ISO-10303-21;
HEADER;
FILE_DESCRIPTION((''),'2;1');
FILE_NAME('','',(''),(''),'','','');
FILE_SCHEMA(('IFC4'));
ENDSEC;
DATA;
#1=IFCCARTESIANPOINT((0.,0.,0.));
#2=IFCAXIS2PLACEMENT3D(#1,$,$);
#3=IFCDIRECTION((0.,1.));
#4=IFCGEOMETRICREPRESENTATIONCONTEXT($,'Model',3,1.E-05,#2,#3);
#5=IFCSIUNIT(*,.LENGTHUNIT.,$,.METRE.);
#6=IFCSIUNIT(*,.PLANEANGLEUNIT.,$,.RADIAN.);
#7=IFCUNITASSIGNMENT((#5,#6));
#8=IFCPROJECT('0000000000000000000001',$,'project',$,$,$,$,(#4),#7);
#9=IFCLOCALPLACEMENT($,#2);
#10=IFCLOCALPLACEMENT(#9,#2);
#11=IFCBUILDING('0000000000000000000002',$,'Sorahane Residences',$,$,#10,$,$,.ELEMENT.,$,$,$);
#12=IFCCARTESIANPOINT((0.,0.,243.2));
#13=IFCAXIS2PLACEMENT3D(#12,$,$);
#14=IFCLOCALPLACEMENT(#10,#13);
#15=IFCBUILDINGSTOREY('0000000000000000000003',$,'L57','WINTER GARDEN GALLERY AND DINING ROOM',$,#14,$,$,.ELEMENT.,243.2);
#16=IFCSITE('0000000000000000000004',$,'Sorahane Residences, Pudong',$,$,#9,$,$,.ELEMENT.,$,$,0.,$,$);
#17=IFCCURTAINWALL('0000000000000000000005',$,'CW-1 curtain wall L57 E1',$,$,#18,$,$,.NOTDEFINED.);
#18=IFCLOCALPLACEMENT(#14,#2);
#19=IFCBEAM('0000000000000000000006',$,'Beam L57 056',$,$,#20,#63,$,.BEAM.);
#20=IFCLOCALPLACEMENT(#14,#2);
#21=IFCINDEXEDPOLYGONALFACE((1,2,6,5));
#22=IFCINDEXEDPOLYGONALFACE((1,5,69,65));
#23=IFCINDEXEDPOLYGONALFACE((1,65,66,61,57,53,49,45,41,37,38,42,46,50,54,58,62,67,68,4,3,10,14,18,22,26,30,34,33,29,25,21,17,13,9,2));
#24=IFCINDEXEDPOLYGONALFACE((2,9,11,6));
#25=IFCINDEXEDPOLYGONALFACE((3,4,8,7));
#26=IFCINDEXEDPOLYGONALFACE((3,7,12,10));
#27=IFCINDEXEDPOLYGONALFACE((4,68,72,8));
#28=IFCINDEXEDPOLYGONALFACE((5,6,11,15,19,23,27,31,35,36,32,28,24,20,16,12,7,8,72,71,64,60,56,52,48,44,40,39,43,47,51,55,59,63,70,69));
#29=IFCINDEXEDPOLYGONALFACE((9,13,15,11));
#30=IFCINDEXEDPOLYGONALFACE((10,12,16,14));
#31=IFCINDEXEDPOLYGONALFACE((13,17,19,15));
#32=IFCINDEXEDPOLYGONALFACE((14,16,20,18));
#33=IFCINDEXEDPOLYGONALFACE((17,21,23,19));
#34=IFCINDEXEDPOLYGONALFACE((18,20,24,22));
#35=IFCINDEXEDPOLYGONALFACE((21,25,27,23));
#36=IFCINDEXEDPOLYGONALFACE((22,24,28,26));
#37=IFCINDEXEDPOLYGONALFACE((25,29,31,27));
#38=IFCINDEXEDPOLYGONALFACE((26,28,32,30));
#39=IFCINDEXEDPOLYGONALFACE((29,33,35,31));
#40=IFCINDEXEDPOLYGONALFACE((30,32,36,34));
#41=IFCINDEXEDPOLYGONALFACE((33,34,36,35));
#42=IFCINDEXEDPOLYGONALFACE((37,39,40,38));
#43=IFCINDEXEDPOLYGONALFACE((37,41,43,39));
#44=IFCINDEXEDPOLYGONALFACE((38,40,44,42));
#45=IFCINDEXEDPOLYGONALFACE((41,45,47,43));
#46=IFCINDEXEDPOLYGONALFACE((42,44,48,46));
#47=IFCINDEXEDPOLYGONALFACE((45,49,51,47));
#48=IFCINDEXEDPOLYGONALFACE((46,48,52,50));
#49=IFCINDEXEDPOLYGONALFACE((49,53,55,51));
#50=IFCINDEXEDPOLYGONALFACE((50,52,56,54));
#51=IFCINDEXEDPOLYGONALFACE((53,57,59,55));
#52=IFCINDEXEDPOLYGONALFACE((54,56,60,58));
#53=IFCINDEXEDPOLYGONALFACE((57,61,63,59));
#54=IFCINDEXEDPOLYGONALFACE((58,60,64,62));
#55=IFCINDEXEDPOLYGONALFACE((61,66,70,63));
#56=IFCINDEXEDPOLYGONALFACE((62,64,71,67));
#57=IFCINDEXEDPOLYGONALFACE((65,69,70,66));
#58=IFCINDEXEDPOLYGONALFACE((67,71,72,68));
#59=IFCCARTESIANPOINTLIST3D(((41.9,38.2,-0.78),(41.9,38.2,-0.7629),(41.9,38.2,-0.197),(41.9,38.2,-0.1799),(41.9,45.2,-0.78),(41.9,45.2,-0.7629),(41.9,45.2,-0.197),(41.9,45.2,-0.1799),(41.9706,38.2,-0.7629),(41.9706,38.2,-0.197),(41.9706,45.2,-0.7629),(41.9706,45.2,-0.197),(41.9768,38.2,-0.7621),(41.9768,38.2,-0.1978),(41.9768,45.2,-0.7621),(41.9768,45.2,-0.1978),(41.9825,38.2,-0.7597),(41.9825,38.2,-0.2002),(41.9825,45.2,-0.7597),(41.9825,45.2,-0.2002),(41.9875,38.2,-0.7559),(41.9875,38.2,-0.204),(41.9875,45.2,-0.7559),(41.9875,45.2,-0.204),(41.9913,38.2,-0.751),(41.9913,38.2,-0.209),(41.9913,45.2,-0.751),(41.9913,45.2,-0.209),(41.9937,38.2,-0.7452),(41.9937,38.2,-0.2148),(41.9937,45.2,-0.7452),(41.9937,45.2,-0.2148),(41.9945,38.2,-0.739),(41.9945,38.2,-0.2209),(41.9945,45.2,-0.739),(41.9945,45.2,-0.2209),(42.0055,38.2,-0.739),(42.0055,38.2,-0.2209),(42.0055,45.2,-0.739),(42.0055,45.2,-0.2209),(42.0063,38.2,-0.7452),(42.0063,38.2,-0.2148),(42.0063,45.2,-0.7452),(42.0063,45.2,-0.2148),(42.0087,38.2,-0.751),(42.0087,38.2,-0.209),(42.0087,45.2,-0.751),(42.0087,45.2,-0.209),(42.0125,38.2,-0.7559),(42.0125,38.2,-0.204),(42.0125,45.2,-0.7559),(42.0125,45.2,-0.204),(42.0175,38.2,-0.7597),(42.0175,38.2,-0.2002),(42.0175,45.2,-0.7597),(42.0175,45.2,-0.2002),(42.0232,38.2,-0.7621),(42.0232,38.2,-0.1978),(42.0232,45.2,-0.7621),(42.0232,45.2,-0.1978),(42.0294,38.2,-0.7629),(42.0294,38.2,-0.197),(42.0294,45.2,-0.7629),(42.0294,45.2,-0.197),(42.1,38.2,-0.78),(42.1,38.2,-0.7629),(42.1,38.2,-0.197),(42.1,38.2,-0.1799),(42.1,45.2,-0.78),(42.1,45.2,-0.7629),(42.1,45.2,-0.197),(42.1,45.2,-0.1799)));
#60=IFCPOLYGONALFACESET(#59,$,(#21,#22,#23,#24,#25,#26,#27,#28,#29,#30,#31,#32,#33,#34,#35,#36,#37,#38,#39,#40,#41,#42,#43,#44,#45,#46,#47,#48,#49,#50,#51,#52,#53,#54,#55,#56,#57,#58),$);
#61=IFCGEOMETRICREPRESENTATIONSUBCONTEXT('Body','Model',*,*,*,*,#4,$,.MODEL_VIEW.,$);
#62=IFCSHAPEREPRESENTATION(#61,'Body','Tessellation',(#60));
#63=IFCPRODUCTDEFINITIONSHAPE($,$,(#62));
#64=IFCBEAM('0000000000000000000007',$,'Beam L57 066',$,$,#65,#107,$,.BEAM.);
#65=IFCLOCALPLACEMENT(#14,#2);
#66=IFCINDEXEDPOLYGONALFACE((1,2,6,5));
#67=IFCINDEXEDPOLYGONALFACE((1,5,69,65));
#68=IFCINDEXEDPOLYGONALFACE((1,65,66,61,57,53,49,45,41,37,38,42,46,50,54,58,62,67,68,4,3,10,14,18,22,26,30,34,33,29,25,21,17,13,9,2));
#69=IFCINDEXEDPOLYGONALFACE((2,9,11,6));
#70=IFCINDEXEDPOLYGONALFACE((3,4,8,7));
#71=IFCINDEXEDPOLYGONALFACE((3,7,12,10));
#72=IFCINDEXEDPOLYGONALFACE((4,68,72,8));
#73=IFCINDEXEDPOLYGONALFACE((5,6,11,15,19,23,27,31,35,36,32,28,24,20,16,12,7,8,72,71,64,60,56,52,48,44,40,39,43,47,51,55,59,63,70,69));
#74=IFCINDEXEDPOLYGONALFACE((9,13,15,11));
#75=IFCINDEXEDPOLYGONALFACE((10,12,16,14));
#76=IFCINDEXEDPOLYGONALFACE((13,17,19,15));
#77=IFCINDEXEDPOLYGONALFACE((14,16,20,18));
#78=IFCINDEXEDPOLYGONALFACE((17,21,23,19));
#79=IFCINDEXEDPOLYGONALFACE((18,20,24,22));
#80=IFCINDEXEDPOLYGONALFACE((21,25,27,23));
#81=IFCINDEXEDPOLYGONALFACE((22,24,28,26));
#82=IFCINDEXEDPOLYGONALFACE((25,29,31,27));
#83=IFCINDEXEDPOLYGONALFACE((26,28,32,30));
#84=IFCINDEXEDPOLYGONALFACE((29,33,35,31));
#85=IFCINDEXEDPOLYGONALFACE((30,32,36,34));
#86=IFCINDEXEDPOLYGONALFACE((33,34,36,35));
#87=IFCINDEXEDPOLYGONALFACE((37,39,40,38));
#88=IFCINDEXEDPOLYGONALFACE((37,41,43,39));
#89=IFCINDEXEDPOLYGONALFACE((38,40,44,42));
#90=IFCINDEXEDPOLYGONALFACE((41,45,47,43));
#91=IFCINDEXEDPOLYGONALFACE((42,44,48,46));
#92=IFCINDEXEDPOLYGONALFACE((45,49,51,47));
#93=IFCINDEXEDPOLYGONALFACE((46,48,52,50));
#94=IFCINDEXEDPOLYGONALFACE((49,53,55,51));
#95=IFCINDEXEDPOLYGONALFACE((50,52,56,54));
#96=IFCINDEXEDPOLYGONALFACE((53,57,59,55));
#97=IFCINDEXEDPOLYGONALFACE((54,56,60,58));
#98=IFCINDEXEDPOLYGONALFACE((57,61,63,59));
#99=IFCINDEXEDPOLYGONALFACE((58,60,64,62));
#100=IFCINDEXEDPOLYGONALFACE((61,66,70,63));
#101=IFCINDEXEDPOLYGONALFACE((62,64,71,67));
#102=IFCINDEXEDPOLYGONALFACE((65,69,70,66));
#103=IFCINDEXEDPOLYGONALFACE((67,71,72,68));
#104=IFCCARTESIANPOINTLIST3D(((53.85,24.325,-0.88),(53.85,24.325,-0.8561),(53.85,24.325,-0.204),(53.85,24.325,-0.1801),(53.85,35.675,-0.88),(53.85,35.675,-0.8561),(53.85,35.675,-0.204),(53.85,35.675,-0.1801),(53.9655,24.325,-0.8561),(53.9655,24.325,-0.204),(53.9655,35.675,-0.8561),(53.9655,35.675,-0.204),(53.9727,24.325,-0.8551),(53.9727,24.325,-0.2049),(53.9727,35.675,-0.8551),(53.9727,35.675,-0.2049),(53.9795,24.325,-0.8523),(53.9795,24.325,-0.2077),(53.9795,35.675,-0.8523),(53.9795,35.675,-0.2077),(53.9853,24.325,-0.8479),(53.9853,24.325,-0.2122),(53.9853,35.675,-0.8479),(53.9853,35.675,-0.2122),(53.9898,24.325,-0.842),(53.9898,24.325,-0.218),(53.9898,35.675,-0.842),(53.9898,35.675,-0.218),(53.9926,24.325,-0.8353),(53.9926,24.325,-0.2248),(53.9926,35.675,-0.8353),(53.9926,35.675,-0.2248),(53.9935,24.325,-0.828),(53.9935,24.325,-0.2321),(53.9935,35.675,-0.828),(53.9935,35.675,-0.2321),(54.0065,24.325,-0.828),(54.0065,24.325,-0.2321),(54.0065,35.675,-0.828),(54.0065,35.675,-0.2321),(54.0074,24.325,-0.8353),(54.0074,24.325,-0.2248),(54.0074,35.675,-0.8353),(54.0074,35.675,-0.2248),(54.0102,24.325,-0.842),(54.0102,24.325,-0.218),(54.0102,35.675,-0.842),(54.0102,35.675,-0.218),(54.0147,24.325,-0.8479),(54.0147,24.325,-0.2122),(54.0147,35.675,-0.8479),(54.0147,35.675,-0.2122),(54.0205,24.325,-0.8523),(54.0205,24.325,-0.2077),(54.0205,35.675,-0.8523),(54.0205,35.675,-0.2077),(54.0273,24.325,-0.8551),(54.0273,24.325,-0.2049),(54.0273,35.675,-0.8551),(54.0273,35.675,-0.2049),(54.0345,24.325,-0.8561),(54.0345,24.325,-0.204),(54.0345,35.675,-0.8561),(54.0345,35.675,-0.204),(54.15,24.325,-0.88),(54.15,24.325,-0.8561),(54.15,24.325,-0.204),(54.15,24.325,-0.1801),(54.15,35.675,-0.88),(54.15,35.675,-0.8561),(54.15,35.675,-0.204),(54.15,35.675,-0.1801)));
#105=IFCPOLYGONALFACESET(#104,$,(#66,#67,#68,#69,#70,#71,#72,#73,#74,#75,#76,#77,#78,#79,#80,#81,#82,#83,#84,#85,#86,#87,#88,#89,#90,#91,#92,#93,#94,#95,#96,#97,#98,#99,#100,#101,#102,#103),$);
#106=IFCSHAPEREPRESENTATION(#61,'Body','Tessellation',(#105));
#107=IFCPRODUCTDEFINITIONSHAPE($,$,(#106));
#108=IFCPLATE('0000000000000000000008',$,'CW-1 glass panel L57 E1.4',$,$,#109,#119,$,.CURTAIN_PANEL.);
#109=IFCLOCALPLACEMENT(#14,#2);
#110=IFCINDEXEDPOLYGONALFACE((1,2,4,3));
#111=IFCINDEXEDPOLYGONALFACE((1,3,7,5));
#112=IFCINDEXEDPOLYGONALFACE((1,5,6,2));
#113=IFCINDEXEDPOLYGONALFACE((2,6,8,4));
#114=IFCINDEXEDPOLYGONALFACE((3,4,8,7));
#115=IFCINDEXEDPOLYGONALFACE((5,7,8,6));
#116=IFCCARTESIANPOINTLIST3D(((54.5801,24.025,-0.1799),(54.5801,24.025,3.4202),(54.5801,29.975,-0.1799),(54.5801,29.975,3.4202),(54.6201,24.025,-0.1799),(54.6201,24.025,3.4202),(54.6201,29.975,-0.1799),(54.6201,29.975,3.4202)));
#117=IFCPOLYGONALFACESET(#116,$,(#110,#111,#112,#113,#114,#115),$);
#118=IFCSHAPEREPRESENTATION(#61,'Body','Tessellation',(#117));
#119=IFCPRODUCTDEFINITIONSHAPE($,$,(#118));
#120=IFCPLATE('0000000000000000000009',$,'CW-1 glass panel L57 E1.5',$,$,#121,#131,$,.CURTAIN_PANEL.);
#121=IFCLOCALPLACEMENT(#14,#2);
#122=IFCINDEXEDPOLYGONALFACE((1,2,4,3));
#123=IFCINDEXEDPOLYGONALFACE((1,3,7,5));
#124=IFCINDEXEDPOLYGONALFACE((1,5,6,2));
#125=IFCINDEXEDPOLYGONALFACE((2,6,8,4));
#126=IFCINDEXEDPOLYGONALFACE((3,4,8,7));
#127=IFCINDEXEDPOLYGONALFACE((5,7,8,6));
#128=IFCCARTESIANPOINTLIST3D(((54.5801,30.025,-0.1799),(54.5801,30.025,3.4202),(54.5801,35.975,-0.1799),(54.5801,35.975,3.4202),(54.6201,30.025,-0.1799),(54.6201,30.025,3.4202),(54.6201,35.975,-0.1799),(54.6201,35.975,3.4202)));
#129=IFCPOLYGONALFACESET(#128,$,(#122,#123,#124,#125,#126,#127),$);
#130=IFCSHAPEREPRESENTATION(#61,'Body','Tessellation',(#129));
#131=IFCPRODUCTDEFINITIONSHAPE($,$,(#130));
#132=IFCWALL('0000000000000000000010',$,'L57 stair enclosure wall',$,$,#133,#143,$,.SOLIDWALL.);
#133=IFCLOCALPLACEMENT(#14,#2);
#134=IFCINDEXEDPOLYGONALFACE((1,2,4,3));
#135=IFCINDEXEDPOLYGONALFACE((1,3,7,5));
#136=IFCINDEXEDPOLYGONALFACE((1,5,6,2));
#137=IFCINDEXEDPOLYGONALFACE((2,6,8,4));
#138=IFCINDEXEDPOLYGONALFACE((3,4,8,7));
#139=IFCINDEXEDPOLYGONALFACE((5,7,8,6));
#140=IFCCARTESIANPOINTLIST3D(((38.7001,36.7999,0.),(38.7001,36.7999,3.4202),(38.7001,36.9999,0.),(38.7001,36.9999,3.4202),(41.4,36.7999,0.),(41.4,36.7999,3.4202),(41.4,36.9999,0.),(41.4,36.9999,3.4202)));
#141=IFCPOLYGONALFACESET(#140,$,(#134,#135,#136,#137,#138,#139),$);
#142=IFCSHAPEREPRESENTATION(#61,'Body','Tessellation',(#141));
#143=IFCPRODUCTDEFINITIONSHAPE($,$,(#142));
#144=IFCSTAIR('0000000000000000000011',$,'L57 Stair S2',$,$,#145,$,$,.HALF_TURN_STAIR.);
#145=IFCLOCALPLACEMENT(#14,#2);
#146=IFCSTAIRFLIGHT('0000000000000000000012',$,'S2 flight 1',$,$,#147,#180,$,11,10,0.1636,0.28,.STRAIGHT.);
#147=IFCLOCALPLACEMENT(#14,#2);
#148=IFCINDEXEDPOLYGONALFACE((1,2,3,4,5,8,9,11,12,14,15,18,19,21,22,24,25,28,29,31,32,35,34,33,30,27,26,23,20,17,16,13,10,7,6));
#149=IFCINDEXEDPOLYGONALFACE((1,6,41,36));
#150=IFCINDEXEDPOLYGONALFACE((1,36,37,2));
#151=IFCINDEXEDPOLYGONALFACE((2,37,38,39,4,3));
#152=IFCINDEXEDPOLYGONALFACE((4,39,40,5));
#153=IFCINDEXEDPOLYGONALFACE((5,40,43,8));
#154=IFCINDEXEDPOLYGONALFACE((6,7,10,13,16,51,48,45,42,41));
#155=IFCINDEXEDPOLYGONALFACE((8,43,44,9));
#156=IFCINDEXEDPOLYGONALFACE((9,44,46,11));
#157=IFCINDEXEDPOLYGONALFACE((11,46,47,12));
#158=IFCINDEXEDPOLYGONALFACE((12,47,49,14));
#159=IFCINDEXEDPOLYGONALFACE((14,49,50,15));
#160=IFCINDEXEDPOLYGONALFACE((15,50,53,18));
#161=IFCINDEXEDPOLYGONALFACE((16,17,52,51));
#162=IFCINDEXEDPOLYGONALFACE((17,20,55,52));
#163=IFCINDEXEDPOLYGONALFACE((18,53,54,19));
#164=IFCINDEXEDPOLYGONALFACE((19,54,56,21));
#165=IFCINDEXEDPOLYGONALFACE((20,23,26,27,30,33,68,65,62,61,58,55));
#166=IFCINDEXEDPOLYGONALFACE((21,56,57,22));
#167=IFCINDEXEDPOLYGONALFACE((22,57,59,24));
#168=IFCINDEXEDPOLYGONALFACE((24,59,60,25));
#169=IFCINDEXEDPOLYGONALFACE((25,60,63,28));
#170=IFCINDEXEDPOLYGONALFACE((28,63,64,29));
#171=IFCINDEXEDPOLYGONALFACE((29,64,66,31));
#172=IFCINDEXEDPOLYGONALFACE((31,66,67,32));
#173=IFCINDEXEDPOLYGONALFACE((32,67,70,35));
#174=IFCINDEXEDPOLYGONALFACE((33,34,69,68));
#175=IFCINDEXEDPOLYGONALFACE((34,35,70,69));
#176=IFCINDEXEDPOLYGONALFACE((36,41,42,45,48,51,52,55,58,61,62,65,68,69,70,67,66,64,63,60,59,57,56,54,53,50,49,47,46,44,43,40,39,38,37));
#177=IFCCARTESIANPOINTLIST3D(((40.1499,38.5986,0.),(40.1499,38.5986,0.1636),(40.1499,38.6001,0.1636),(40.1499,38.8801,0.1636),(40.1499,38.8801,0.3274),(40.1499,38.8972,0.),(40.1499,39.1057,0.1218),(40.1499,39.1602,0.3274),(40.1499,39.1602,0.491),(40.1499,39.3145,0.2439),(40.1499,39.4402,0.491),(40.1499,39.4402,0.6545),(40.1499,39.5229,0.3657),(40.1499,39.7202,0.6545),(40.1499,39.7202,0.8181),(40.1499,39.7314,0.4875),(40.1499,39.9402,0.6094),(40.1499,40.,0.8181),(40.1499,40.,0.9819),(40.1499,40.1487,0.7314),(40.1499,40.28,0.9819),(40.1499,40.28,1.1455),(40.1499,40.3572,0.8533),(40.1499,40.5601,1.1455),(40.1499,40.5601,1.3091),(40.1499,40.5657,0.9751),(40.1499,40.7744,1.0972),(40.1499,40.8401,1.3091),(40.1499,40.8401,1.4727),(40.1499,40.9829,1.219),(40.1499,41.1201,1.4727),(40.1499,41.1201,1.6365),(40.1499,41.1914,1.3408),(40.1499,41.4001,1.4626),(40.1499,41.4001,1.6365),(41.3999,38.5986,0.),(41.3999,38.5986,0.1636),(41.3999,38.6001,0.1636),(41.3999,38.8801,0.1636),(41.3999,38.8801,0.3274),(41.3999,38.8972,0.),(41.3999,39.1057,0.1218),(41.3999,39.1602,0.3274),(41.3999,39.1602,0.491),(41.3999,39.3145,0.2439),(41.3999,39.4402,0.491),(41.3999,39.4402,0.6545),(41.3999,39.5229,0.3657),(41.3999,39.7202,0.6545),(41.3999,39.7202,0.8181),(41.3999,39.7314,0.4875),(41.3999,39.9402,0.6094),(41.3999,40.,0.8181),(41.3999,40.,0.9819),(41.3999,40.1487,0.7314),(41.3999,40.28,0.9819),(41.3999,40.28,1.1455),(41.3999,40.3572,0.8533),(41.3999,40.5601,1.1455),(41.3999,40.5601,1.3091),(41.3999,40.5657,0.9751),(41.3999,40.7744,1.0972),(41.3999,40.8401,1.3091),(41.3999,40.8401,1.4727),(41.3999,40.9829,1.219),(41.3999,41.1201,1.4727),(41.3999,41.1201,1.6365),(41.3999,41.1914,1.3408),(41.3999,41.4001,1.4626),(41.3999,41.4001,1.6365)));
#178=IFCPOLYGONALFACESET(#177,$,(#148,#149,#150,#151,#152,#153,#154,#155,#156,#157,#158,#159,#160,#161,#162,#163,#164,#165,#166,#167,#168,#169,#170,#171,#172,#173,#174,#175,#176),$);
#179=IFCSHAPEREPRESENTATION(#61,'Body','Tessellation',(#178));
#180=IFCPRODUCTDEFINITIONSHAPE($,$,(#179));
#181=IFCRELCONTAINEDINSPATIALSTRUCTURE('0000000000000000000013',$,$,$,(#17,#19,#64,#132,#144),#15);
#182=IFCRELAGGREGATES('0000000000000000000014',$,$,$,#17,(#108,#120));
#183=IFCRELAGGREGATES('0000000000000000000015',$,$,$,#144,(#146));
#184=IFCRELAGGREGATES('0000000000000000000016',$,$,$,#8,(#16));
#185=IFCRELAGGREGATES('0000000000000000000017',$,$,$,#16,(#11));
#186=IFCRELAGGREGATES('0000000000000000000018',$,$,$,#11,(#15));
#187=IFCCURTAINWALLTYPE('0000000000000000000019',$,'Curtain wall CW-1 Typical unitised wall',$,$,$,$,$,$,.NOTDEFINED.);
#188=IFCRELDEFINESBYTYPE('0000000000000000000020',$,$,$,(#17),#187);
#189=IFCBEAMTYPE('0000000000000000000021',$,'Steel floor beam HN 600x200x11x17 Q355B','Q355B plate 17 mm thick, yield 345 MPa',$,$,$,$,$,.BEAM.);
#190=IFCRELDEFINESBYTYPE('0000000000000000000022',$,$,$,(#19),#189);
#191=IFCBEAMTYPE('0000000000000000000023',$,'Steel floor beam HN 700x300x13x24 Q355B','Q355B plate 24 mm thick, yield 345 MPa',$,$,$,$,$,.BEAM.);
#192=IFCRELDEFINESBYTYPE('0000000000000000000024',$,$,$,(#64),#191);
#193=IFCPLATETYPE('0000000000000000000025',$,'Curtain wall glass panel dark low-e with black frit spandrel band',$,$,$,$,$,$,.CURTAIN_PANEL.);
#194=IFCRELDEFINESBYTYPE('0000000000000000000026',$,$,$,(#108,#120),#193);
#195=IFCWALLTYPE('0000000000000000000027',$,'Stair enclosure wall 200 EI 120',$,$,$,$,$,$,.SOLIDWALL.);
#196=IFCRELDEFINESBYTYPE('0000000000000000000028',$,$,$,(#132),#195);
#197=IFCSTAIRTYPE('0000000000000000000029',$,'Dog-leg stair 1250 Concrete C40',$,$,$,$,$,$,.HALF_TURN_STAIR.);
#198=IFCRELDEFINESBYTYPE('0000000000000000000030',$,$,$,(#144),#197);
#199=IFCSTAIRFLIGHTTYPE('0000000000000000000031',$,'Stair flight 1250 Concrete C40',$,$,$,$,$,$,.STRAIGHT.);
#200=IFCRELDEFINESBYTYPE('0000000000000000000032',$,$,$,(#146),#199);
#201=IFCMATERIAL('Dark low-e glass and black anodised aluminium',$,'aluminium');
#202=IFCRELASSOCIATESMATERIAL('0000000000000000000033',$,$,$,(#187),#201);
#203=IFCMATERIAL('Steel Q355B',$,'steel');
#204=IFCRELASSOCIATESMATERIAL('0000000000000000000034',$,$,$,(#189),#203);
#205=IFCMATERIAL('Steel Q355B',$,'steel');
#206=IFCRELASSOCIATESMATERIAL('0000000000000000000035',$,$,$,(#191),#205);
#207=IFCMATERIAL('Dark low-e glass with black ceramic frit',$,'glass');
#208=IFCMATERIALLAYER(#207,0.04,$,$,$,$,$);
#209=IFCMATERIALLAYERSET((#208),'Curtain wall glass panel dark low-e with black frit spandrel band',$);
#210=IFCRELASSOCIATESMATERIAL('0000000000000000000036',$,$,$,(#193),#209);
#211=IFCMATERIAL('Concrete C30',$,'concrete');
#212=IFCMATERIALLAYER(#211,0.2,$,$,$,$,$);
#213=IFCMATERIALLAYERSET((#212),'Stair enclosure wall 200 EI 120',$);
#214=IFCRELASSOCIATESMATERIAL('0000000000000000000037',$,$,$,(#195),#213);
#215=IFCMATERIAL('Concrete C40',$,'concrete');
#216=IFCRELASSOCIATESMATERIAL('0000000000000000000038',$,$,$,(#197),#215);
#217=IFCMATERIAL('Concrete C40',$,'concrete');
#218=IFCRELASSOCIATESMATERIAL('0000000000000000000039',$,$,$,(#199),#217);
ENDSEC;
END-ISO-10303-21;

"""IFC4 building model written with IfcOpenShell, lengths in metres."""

from ifc_helpers import new_model, si_unit, direction, frame, frame_2d, origin, origin_2d, place, context, subcontext, project, spatial, polyline, rectangle, i_section, outline, extrude, material, layer, layer_set, material_profile, profile_set, type_object, element, aggregate, save


model = new_model("IFC4")

# Units and contexts
model_context = context("Model", 3, precision=1e-05, world=origin(), true_north=direction((0.0, 1.0)))
body_context = subcontext(model_context, "Body", "Model", "MODEL_VIEW")
ifc_project = project(units=[si_unit("LENGTHUNIT", "METRE"), si_unit("PLANEANGLEUNIT", "RADIAN")], contexts=[model_context])

# Site, building, storey
site_placement = place(None, origin())
site = spatial("IfcSite", under=ifc_project, at=site_placement, Name="Sorahane Residences, Pudong", CompositionType="ELEMENT", RefElevation=0.0)
building_placement = place(site_placement, origin())
building = spatial("IfcBuilding", under=site, at=building_placement, Name="Sorahane Residences", CompositionType="ELEMENT")
storey_placement = place(building_placement, frame((0.0, 0.0, 243.2)))
storey = spatial("IfcBuildingStorey", under=building, at=storey_placement, Name="L57", Description="WINTER GARDEN GALLERY AND DINING ROOM", CompositionType="ELEMENT", Elevation=243.2)

# Curtain wall
ifc_material_1 = material(Name="Dark low-e glass and black anodised aluminium", Category="aluminium")
curtain_wall_type = type_object("IfcCurtainWallType", Name="Curtain wall CW-1 Typical unitised wall", PredefinedType="NOTDEFINED", material=ifc_material_1)
curtain_wall_placement = place(storey_placement, origin())
curtain_wall = element("IfcCurtainWall", 1, at=curtain_wall_placement, inside=storey, type_object=curtain_wall_type, Name="CW-1 curtain wall L57 E1", PredefinedType="NOTDEFINED")

# Beams
ifc_material_2 = material(Name="Steel Q355B", Category="steel")
ifc_material_profile_1 = material_profile(ifc_material_2, i_section(OverallWidth=0.2, OverallDepth=0.6001, WebThickness=0.011, FlangeThickness=0.0171, FilletRadius=0.0239, at=origin_2d()), Name="HN 600x200x11x17")
ifc_profile_set_1 = profile_set([ifc_material_profile_1], Name="Steel Q355B")
beam_type_1 = type_object("IfcBeamType", Name="Steel floor beam HN 600x200x11x17 Q355B", Description="Q355B plate 17 mm thick, yield 345 MPa", PredefinedType="BEAM", material=ifc_profile_set_1)
for number, where, z_axis, x_axis, name in (
    (2, (42.0, 38.2, -0.48), (0.0, 1.0, 0.0), (-1.0, 0.0, 0.0), "Beam L57 056"),
):
    element("IfcBeam", number, at=place(storey_placement, frame(where, z_axis=z_axis, x_axis=x_axis)), inside=storey, type_object=beam_type_1, Name=name, PredefinedType="BEAM", context=body_context, shape_type="SweptSolid", body=[
        extrude(i_section(OverallWidth=0.2, OverallDepth=0.6001, WebThickness=0.011, FlangeThickness=0.0171, FilletRadius=0.0239, at=origin_2d()), origin(), (0.0, 0.0, 1.0), 7.0),
    ])
ifc_material_3 = material(Name="Steel Q355B", Category="steel")
ifc_material_profile_2 = material_profile(ifc_material_3, i_section(OverallWidth=0.3, OverallDepth=0.7, WebThickness=0.0129, FlangeThickness=0.0239, FilletRadius=0.0281, at=origin_2d()), Name="HN 700x300x13x24")
ifc_profile_set_2 = profile_set([ifc_material_profile_2], Name="Steel Q355B")
beam_type_2 = type_object("IfcBeamType", Name="Steel floor beam HN 700x300x13x24 Q355B", Description="Q355B plate 24 mm thick, yield 345 MPa", PredefinedType="BEAM", material=ifc_profile_set_2)
beam_1_placement = place(storey_placement, frame((54.0, 24.325, -0.53), z_axis=(0.0, 1.0, 0.0), x_axis=(-1.0, 0.0, 0.0)))
element("IfcBeam", 3, at=beam_1_placement, inside=storey, type_object=beam_type_2, Name="Beam L57 066", PredefinedType="BEAM", context=body_context, shape_type="SweptSolid", body=[
    extrude(i_section(OverallWidth=0.3, OverallDepth=0.7, WebThickness=0.0129, FlangeThickness=0.0239, FilletRadius=0.0281, at=origin_2d()), origin(), (0.0, 0.0, 1.0), 11.3501),
])

# Plates
ifc_material_4 = material(Name="Dark low-e glass with black ceramic frit", Category="glass")
ifc_layer_1 = layer(ifc_material_4, 0.04)
ifc_layer_set_1 = layer_set([ifc_layer_1], Name="Curtain wall glass panel dark low-e with black frit spandrel band")
plate_type = type_object("IfcPlateType", Name="Curtain wall glass panel dark low-e with black frit spandrel band", PredefinedType="CURTAIN_PANEL", material=ifc_layer_set_1)
plate_1_placement = place(storey_placement, frame((54.6001, 27.0, -0.1799), z_axis=(0.0, 0.0, 1.0), x_axis=(0.0, 1.0, 0.0)))
plate_1 = element("IfcPlate", 4, at=plate_1_placement, type_object=plate_type, Name="CW-1 glass panel L57 E1.4", PredefinedType="CURTAIN_PANEL", context=body_context, shape_type="SweptSolid", body=[
    extrude(rectangle(XDim=5.95, YDim=0.04, at=origin_2d()), origin(), (0.0, 0.0, 1.0), 3.6001),
])
plate_2_placement = place(storey_placement, frame((54.6001, 33.0, -0.1799), z_axis=(0.0, 0.0, 1.0), x_axis=(0.0, 1.0, 0.0)))
plate_2 = element("IfcPlate", 5, at=plate_2_placement, type_object=plate_type, Name="CW-1 glass panel L57 E1.5", PredefinedType="CURTAIN_PANEL", context=body_context, shape_type="SweptSolid", body=[
    extrude(rectangle(XDim=5.95, YDim=0.04, at=origin_2d()), origin(), (0.0, 0.0, 1.0), 3.6001),
])
aggregate(curtain_wall, [plate_1, plate_2])

# Wall
ifc_material_5 = material(Name="Concrete C30", Category="concrete")
ifc_layer_2 = layer(ifc_material_5, 0.2)
ifc_layer_set_2 = layer_set([ifc_layer_2], Name="Stair enclosure wall 200 EI 120")
wall_type = type_object("IfcWallType", Name="Stair enclosure wall 200 EI 120", PredefinedType="SOLIDWALL", material=ifc_layer_set_2)
wall_placement = place(storey_placement, frame((38.7, 36.8999, 0.0), z_axis=(0.0, 0.0, 1.0), x_axis=(1.0, 0.0, 0.0)))
element("IfcWall", 6, at=wall_placement, inside=storey, type_object=wall_type, Name="L57 stair enclosure wall", PredefinedType="SOLIDWALL", context=body_context, shape_type="SweptSolid", body=[
    extrude(rectangle(XDim=2.7, YDim=0.2, at=frame_2d((1.3501, 0.0))), origin(), (0.0, 0.0, 1.0), 3.4202),
])

# Stair, stair flight
ifc_material_6 = material(Name="Concrete C40", Category="concrete")
stair_type = type_object("IfcStairType", Name="Dog-leg stair 1250 Concrete C40", PredefinedType="HALF_TURN_STAIR", material=ifc_material_6)
stair_1_placement = place(storey_placement, origin())
stair_1 = element("IfcStair", 7, at=stair_1_placement, inside=storey, type_object=stair_type, Name="L57 Stair S2", PredefinedType="HALF_TURN_STAIR")
ifc_material_7 = material(Name="Concrete C40", Category="concrete")
stair_flight_type = type_object("IfcStairFlightType", Name="Stair flight 1250 Concrete C40", PredefinedType="STRAIGHT", material=ifc_material_7)
stair_flight_1_placement = place(storey_placement, frame((40.7749, 38.6001, 0.0), z_axis=(0.0, 0.0, 1.0), x_axis=(0.0, 1.0, 0.0)))
stair_flight_1 = element("IfcStairFlight", 8, at=stair_flight_1_placement, type_object=stair_flight_type, Name="S2 flight 1", NumberOfRisers=11, NumberOfTreads=10, PredefinedType="STRAIGHT", RiserHeight=0.1636, TreadLength=0.28, context=body_context, shape_type="SweptSolid", body=[
    extrude(outline(polyline([(-0.0015, 0.0), (-0.0015, 0.1636), (0.0, 0.1636), (0.28, 0.1636), (0.28, 0.3274), (0.5601, 0.3274), (0.5601, 0.491), (0.8401, 0.491), (0.8401, 0.6545), (1.1201, 0.6545), (1.1201, 0.8181), (1.3999, 0.8181), (1.3999, 0.9819), (1.6799, 0.9819), (1.6799, 1.1455), (1.96, 1.1455), (1.96, 1.3091), (2.24, 1.3091), (2.24, 1.4727), (2.52, 1.4727), (2.52, 1.6365), (2.8, 1.6365), (2.8, 1.8), (2.8, 1.4626), (2.5913, 1.3408), (2.3828, 1.219), (2.1743, 1.0972), (1.9656, 0.9751), (1.7571, 0.8533), (1.5486, 0.7314), (1.3401, 0.6094), (1.1313, 0.4875), (0.9229, 0.3657), (0.7144, 0.2439), (0.5056, 0.1218), (0.2971, 0.0), (-0.0015, 0.0)])), frame((0.0, 0.625, 0.0), z_axis=(0.0, -1.0, 0.0), x_axis=(1.0, 0.0, 0.0)), (0.0, 0.0, 1.0), 1.25),
])
aggregate(stair_1, [stair_flight_1])

save(model, "model.ifc")
